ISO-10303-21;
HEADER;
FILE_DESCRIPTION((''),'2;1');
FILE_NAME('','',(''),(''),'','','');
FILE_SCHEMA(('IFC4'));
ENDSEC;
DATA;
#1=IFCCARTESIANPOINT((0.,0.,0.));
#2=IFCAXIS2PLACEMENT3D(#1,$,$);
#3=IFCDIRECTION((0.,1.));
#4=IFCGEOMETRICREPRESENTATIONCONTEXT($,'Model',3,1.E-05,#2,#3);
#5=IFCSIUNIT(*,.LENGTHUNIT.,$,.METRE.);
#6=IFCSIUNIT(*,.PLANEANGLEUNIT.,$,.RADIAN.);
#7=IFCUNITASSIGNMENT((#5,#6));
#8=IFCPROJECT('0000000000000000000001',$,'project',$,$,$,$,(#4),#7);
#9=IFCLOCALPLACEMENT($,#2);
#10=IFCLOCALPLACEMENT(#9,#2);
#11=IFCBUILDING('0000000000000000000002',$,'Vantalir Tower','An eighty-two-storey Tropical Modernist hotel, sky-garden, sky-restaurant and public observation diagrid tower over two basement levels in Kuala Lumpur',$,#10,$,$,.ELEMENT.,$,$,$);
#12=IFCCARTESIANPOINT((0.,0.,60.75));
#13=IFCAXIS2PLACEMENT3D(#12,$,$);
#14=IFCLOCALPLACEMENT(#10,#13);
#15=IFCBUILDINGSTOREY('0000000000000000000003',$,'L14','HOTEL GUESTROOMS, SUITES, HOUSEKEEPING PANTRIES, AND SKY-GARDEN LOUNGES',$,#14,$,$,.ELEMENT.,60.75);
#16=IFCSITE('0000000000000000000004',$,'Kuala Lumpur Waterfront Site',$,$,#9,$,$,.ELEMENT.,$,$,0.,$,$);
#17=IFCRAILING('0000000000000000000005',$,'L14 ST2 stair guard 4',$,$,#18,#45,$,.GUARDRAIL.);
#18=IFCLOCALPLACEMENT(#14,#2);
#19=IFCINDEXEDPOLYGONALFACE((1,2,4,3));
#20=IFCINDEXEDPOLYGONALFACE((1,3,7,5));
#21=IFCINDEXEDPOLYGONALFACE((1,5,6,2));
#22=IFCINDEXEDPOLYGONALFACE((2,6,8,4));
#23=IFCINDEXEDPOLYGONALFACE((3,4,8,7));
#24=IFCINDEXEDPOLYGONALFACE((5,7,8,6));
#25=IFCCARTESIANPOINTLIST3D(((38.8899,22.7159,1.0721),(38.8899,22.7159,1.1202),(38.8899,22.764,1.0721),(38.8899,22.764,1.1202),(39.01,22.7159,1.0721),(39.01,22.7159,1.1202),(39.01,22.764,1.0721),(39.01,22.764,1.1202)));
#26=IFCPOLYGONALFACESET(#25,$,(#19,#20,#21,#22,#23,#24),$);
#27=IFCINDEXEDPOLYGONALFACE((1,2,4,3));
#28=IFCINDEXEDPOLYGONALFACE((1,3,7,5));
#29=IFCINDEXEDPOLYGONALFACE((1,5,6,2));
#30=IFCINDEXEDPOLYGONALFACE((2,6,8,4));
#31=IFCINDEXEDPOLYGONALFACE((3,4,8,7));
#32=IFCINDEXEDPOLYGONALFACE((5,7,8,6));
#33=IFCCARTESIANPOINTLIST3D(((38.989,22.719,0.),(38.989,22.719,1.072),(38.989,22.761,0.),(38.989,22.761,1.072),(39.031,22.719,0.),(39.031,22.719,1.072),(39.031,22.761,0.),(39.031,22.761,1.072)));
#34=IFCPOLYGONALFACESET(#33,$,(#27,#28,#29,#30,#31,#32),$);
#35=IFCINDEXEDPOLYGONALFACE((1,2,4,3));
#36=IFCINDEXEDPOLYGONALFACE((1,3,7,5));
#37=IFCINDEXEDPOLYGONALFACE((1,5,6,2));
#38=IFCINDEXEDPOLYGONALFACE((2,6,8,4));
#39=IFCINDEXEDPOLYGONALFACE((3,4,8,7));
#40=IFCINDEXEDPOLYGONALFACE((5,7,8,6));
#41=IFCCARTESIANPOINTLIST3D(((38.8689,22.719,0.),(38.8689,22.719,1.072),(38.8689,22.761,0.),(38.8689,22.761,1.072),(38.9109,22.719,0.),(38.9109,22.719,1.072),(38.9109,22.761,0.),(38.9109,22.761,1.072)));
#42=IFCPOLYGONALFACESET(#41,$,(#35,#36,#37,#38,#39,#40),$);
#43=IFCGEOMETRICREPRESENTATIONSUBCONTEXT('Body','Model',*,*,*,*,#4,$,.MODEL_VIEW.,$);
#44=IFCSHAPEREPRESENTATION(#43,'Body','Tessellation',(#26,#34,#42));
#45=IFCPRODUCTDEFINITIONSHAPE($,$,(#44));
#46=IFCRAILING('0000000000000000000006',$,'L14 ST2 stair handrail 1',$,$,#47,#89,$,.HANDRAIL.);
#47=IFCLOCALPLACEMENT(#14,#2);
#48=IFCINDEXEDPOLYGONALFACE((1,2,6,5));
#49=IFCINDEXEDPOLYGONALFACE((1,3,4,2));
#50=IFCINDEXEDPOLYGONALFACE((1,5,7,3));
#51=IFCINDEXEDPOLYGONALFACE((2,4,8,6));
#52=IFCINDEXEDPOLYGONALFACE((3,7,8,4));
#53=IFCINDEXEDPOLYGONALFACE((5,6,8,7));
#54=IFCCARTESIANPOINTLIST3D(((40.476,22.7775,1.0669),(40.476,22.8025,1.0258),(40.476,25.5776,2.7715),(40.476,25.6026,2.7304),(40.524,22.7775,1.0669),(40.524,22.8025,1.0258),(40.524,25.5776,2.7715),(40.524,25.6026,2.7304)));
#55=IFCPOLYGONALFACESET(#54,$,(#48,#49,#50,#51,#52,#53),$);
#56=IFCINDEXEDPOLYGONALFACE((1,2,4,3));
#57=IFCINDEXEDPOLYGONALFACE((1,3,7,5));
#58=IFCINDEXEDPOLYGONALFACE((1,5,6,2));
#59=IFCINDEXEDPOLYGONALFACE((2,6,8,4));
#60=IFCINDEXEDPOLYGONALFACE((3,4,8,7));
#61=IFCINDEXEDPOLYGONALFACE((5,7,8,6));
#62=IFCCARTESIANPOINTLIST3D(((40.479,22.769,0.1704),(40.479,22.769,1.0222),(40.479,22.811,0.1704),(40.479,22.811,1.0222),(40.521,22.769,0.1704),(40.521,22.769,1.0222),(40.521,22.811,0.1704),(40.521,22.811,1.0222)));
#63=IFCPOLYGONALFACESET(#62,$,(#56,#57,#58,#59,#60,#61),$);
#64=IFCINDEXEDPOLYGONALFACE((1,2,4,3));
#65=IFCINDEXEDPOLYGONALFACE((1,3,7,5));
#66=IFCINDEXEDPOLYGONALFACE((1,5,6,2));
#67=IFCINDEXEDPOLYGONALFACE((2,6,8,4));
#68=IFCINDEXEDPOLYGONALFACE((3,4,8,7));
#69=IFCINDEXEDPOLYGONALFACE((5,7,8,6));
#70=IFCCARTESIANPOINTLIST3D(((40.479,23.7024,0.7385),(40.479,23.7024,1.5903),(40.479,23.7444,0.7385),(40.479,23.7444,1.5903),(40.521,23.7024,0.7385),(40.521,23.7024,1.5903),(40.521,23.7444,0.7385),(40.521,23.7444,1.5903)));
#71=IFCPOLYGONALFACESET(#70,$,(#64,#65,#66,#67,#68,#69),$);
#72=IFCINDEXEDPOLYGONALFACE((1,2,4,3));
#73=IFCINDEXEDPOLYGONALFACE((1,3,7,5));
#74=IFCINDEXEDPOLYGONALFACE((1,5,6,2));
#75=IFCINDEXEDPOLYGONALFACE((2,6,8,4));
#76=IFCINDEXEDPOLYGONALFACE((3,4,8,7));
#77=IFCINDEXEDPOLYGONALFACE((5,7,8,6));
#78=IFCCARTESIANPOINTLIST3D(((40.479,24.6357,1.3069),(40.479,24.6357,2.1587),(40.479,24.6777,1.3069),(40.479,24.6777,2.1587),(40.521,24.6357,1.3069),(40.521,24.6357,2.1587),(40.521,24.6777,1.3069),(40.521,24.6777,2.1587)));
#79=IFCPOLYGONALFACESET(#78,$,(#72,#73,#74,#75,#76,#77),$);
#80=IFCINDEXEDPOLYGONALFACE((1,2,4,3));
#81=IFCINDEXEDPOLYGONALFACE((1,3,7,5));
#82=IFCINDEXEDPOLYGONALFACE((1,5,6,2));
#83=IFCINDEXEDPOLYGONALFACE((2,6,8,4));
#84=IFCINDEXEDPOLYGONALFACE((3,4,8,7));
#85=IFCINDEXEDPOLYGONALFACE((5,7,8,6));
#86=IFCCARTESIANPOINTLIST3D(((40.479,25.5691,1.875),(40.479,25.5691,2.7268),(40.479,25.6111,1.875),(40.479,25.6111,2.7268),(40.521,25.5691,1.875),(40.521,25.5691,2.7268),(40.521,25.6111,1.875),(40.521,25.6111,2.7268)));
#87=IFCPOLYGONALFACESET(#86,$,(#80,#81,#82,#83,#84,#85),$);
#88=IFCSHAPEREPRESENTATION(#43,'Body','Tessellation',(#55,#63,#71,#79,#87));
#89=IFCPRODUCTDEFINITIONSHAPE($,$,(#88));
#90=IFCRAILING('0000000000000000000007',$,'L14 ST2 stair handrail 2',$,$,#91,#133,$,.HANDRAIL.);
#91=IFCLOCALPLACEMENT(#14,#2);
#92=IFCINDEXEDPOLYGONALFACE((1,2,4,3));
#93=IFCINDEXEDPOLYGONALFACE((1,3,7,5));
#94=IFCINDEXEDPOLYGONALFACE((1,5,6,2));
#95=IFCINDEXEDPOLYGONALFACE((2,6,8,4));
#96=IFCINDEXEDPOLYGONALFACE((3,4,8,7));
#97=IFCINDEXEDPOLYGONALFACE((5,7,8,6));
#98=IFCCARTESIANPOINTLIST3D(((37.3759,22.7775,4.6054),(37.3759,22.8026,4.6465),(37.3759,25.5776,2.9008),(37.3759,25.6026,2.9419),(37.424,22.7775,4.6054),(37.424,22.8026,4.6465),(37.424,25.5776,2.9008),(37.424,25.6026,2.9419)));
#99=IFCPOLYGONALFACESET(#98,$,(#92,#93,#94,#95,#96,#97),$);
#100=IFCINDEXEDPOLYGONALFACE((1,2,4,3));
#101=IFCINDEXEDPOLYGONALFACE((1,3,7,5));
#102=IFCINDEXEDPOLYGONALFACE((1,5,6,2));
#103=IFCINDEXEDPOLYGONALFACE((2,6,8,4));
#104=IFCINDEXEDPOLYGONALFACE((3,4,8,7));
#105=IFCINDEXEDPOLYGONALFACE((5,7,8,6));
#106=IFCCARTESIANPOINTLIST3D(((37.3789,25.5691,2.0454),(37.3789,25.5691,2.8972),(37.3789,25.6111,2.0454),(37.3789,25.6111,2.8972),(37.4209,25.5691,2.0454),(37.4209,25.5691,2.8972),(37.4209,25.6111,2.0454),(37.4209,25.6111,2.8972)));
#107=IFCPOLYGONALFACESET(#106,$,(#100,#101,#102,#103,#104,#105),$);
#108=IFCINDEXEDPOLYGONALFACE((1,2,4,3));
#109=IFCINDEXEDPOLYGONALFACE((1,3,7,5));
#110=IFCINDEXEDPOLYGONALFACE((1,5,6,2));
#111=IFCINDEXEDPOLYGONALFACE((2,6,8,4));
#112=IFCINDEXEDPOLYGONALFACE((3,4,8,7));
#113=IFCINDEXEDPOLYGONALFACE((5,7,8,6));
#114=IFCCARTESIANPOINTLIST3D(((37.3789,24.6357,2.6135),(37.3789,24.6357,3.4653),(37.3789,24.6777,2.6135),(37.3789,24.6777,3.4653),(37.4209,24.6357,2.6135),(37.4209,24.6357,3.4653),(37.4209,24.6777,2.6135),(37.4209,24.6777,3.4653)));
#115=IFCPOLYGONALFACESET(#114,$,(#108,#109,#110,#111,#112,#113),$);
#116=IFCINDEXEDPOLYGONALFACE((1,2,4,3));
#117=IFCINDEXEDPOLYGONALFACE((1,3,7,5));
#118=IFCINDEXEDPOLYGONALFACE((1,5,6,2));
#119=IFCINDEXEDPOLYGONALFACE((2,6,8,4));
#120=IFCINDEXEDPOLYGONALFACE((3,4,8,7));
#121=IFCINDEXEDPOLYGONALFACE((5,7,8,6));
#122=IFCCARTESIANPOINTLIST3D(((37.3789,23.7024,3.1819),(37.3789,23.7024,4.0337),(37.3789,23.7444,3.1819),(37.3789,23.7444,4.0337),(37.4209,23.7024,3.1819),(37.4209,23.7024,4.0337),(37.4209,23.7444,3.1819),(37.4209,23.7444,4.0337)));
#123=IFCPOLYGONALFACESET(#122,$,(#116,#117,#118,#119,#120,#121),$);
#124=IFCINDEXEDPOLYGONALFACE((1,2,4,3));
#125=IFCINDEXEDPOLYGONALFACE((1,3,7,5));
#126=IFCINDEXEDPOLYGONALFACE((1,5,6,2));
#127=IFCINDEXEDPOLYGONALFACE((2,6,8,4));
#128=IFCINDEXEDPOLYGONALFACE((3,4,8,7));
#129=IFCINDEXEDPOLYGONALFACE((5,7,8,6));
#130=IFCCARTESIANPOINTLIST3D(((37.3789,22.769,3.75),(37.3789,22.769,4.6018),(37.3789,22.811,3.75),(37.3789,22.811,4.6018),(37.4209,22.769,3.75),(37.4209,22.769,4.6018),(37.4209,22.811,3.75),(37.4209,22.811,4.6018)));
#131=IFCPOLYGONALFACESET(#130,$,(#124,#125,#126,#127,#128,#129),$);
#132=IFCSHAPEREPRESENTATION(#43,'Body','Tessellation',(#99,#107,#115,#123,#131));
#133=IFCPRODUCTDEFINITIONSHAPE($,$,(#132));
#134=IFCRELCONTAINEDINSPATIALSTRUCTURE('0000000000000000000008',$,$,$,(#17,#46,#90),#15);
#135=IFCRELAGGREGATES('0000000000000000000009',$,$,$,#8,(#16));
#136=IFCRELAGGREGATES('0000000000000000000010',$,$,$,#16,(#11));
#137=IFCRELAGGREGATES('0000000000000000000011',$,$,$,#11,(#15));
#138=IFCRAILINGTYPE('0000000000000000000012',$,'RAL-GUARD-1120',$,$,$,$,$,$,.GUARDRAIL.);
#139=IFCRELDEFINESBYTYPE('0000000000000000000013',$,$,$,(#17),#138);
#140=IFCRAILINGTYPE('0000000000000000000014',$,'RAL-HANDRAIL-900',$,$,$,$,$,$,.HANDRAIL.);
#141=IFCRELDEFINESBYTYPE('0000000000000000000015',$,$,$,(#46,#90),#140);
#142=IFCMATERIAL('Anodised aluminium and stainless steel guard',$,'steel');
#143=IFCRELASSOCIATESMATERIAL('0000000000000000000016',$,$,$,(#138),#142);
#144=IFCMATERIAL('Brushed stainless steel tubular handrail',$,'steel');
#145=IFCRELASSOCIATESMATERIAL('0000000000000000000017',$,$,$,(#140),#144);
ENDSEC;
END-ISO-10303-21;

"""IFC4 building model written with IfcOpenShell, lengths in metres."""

from ifc_helpers import new_model, si_unit, direction, frame, origin, origin_2d, place, context, subcontext, project, spatial, rectangle, extrude, material, type_object, element, save


model = new_model("IFC4")

# Units and contexts
model_context = context("Model", 3, precision=1e-05, world=origin(), true_north=direction((0.0, 1.0)))
body_context = subcontext(model_context, "Body", "Model", "MODEL_VIEW")
ifc_project = project(units=[si_unit("LENGTHUNIT", "METRE"), si_unit("PLANEANGLEUNIT", "RADIAN")], contexts=[model_context])

# Site, building, storey
site_placement = place(None, origin())
site = spatial("IfcSite", under=ifc_project, at=site_placement, Name="Kuala Lumpur Waterfront Site", CompositionType="ELEMENT", RefElevation=0.0)
building_placement = place(site_placement, origin())
building = spatial("IfcBuilding", under=site, at=building_placement, Name="Vantalir Tower", Description="An eighty-two-storey Tropical Modernist hotel, sky-garden, sky-restaurant and public observation diagrid tower over two basement levels in Kuala Lumpur", CompositionType="ELEMENT")
storey_placement = place(building_placement, frame((0.0, 0.0, 60.75)))
storey = spatial("IfcBuildingStorey", under=building, at=storey_placement, Name="L14", Description="HOTEL GUESTROOMS, SUITES, HOUSEKEEPING PANTRIES, AND SKY-GARDEN LOUNGES", CompositionType="ELEMENT", Elevation=60.75)

# Railings
ifc_material_1 = material(Name="Anodised aluminium and stainless steel guard", Category="steel")
railing_type_1 = type_object("IfcRailingType", Name="RAL-GUARD-1120", PredefinedType="GUARDRAIL", material=ifc_material_1)
railing_1_placement = place(storey_placement, frame((39.01, 22.74, 0.0)))
element("IfcRailing", 1, at=railing_1_placement, inside=storey, type_object=railing_type_1, Name="L14 ST2 stair guard 4", PredefinedType="GUARDRAIL", context=body_context, shape_type="SweptSolid", body=[
    extrude(rectangle(XDim=0.0481, YDim=0.0481, at=origin_2d()), frame((0.0, 0.0, 1.0962), z_axis=(-1.0, 0.0, 0.0), x_axis=(0.0, -1.0, 0.0)), (0.0, 0.0, 1.0), 0.1201),
    extrude(rectangle(XDim=0.042, YDim=0.042, at=origin_2d()), origin(), (0.0, 0.0, 1.0), 1.072),
    extrude(rectangle(XDim=0.042, YDim=0.042, at=origin_2d()), frame((-0.1201, 0.0, 0.0)), (0.0, 0.0, 1.0), 1.072),
])
ifc_material_2 = material(Name="Brushed stainless steel tubular handrail", Category="steel")
railing_type_2 = type_object("IfcRailingType", Name="RAL-HANDRAIL-900", PredefinedType="HANDRAIL", material=ifc_material_2)
railing_2_placement = place(storey_placement, frame((40.5, 22.79, 0.1704)))
element("IfcRailing", 2, at=railing_2_placement, inside=storey, type_object=railing_type_2, Name="L14 ST2 stair handrail 1", PredefinedType="HANDRAIL", context=body_context, shape_type="SweptSolid", body=[
    extrude(rectangle(XDim=0.0481, YDim=0.0481, at=origin_2d()), frame((0.0, 0.0, 0.876), z_axis=(0.0, 0.85417, 0.519994), x_axis=(-1.0, 0.0, 0.0)), (0.0, 0.0, 1.0), 3.2781),
    extrude(rectangle(XDim=0.042, YDim=0.042, at=origin_2d()), origin(), (0.0, 0.0, 1.0), 0.8518),
    extrude(rectangle(XDim=0.042, YDim=0.042, at=origin_2d()), frame((0.0, 0.9333, 0.5681)), (0.0, 0.0, 1.0), 0.8518),
    extrude(rectangle(XDim=0.042, YDim=0.042, at=origin_2d()), frame((0.0, 1.8667, 1.1365)), (0.0, 0.0, 1.0), 0.8518),
    extrude(rectangle(XDim=0.042, YDim=0.042, at=origin_2d()), frame((0.0, 2.8, 1.7046)), (0.0, 0.0, 1.0), 0.8518),
])
railing_3_placement = place(storey_placement, frame((37.3999, 25.5901, 2.0454)))
element("IfcRailing", 3, at=railing_3_placement, inside=storey, type_object=railing_type_2, Name="L14 ST2 stair handrail 2", PredefinedType="HANDRAIL", context=body_context, shape_type="SweptSolid", body=[
    extrude(rectangle(XDim=0.0481, YDim=0.0481, at=origin_2d()), frame((0.0, 0.0, 0.876), z_axis=(0.0, -0.85417, 0.519994), x_axis=(1.0, 0.0, 0.0)), (0.0, 0.0, 1.0), 3.2781),
    extrude(rectangle(XDim=0.042, YDim=0.042, at=origin_2d()), origin(), (0.0, 0.0, 1.0), 0.8518),
    extrude(rectangle(XDim=0.042, YDim=0.042, at=origin_2d()), frame((0.0, -0.9333, 0.5681)), (0.0, 0.0, 1.0), 0.8518),
    extrude(rectangle(XDim=0.042, YDim=0.042, at=origin_2d()), frame((0.0, -1.8667, 1.1365)), (0.0, 0.0, 1.0), 0.8518),
    extrude(rectangle(XDim=0.042, YDim=0.042, at=origin_2d()), frame((0.0, -2.8, 1.7046)), (0.0, 0.0, 1.0), 0.8518),
])

save(model, "model.ifc")
